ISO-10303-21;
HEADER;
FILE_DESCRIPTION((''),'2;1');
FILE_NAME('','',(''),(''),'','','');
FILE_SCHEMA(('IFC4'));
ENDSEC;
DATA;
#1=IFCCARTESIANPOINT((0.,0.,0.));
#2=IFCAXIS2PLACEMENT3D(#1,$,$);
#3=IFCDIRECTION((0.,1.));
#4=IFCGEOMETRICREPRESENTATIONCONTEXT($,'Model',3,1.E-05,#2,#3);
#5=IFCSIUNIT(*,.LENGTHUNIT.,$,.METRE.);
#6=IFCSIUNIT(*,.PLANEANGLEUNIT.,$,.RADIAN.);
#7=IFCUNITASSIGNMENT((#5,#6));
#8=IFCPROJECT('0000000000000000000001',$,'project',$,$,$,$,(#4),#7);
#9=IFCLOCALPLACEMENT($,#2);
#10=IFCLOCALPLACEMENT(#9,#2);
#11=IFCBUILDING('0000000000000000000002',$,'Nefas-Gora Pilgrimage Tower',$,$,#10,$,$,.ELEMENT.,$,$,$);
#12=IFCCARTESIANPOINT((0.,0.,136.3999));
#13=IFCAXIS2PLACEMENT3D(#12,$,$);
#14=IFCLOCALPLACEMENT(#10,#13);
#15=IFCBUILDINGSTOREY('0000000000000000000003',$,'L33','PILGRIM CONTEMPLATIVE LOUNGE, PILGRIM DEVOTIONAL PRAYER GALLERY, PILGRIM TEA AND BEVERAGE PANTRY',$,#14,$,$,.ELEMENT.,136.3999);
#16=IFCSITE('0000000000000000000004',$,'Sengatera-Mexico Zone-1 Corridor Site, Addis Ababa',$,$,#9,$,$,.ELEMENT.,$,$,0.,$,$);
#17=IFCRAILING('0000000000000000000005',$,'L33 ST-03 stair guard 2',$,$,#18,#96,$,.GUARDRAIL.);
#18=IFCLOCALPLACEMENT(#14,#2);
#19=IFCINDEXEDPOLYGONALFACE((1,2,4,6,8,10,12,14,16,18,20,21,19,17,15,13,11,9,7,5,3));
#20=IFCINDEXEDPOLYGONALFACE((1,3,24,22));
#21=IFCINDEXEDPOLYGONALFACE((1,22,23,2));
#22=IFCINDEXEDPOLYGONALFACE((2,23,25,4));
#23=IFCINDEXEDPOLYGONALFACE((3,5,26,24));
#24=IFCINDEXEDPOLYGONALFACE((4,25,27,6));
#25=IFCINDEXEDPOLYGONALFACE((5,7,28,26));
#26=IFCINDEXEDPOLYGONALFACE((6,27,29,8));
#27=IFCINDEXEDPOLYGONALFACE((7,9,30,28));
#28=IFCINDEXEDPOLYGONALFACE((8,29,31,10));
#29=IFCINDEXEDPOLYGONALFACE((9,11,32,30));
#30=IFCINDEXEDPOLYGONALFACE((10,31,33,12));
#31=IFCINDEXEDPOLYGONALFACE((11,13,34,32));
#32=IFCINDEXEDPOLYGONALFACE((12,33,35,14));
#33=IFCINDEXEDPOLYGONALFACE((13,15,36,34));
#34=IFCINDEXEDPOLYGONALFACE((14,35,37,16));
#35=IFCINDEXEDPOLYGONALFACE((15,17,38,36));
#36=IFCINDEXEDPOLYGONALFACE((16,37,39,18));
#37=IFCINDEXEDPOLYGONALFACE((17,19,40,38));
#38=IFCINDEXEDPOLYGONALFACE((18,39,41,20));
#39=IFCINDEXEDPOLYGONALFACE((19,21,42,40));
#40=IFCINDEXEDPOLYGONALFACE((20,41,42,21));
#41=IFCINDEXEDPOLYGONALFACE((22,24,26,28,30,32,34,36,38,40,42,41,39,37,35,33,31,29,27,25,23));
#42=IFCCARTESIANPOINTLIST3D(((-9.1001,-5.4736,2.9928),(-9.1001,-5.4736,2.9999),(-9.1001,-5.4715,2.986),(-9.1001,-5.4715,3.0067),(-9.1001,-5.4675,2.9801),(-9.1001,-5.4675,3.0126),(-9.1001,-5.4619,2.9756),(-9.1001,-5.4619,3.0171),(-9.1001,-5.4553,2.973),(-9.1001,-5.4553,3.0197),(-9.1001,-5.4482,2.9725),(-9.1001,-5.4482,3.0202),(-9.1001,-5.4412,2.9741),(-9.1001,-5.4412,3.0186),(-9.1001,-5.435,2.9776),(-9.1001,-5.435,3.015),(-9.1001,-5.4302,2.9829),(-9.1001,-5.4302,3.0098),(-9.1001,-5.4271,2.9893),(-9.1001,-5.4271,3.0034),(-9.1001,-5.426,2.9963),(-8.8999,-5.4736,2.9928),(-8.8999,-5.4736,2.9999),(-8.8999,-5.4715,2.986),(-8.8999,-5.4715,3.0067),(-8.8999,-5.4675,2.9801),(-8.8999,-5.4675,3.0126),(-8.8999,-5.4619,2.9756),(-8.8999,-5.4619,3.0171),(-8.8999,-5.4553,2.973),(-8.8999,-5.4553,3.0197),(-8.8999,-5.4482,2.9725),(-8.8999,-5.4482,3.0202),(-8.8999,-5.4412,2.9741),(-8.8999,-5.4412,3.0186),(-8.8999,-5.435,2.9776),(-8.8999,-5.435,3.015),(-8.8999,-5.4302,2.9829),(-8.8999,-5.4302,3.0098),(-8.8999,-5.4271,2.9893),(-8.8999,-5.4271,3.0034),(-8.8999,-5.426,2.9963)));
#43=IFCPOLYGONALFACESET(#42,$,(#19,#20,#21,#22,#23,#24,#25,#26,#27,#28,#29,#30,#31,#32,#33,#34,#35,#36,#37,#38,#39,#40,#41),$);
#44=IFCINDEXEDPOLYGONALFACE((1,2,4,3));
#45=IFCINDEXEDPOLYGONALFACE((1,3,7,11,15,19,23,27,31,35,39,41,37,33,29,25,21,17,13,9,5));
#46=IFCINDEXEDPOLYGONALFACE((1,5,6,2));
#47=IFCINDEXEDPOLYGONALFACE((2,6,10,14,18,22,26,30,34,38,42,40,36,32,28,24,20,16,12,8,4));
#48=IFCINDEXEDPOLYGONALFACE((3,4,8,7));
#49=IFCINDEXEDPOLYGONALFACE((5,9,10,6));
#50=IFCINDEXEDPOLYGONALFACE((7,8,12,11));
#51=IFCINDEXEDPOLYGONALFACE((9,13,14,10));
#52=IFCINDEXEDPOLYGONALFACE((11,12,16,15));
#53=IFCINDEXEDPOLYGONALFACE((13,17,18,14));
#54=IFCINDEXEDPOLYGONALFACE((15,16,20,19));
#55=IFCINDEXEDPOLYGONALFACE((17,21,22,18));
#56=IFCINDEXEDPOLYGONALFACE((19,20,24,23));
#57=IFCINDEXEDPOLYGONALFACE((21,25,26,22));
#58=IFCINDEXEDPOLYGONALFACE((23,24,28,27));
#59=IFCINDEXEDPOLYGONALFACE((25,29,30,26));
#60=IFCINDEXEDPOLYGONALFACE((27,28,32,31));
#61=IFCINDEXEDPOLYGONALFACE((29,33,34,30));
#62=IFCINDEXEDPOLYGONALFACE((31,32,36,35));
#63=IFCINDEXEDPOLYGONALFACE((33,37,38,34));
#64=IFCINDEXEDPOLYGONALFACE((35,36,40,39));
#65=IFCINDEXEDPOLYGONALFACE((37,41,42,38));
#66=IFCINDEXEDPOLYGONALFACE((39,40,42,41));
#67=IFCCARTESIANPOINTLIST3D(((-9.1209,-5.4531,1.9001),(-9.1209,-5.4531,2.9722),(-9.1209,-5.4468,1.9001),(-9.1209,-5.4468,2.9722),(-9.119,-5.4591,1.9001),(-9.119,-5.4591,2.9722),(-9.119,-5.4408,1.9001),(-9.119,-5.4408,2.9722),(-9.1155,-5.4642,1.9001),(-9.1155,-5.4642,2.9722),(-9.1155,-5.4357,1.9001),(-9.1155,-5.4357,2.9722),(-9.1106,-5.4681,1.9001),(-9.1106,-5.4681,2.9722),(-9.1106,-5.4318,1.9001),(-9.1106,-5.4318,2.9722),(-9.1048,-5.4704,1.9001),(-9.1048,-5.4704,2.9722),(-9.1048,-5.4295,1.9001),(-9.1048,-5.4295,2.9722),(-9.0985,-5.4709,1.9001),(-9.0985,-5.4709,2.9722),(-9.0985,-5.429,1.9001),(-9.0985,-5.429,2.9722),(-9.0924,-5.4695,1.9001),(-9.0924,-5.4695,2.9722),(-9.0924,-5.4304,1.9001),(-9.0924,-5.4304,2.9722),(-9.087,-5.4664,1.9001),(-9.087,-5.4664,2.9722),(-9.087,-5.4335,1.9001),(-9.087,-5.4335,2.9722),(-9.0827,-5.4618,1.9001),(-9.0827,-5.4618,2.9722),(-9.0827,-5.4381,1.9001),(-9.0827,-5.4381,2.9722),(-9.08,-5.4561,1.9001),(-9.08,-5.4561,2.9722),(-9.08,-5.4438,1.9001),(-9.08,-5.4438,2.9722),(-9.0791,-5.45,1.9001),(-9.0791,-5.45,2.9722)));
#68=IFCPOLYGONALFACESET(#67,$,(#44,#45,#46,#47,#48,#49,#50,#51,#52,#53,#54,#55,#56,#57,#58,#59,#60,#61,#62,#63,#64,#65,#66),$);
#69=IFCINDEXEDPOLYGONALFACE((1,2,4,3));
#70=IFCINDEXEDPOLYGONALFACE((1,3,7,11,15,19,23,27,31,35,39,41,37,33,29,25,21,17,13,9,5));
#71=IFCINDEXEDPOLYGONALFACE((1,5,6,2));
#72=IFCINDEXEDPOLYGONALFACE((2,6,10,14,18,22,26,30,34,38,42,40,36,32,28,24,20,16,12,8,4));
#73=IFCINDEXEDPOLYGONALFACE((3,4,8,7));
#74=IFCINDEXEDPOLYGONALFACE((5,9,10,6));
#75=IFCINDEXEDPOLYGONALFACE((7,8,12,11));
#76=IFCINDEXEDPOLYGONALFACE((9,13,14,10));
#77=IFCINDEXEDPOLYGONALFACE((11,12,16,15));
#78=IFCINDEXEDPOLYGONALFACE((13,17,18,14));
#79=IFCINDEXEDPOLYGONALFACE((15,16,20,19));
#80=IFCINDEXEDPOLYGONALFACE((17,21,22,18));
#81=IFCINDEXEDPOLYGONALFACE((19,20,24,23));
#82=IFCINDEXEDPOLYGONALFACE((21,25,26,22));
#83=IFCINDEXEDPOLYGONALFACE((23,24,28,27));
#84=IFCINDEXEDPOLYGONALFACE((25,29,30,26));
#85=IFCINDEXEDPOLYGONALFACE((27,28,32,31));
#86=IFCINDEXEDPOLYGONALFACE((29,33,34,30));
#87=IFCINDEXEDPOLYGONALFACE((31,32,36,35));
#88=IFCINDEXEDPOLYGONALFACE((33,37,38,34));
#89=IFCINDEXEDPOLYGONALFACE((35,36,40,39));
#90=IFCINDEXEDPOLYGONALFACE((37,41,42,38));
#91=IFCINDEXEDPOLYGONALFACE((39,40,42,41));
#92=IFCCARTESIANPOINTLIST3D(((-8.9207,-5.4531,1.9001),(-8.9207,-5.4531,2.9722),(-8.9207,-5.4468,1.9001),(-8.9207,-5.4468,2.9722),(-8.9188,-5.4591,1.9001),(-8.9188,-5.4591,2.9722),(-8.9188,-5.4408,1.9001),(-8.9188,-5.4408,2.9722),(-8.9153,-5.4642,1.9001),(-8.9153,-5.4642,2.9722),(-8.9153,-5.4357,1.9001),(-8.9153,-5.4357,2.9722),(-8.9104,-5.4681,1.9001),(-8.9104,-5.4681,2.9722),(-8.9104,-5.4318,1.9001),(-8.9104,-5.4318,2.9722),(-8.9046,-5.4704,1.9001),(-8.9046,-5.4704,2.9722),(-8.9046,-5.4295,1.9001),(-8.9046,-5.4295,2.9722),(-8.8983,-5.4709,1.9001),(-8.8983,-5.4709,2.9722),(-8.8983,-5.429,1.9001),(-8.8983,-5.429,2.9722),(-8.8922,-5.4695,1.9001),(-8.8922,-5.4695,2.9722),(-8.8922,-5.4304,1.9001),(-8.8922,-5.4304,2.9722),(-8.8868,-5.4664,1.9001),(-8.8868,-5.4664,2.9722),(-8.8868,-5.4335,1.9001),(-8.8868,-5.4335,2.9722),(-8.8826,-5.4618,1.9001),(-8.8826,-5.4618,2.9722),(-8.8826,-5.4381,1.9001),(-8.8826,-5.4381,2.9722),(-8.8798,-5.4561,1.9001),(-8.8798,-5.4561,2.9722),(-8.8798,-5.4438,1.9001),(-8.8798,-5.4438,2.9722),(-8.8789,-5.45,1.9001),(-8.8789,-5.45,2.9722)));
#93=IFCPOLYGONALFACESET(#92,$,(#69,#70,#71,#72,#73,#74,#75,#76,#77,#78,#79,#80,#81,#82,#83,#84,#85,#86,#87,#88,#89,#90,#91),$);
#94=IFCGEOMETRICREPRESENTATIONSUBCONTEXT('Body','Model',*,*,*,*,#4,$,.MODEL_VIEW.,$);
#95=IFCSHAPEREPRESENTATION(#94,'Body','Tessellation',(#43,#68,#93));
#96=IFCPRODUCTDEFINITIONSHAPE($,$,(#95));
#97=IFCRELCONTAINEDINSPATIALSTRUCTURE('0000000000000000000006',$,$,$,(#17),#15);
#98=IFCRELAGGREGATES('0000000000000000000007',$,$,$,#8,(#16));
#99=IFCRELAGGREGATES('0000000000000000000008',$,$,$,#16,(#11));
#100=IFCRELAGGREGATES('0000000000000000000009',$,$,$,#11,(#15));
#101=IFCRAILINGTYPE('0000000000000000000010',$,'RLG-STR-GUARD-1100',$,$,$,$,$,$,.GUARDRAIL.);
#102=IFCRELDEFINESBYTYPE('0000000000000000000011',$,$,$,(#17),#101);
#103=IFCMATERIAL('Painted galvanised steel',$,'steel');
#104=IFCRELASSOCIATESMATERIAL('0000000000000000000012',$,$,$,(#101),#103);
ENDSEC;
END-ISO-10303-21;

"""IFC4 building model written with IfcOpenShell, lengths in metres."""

from ifc_helpers import new_model, si_unit, direction, frame, origin, origin_2d, place, context, subcontext, project, spatial, circle, extrude, material, type_object, element, save


model = new_model("IFC4")

# Units and contexts
model_context = context("Model", 3, precision=1e-05, world=origin(), true_north=direction((0.0, 1.0)))
body_context = subcontext(model_context, "Body", "Model", "MODEL_VIEW")
ifc_project = project(units=[si_unit("LENGTHUNIT", "METRE"), si_unit("PLANEANGLEUNIT", "RADIAN")], contexts=[model_context])

# Site, building, storey
site_placement = place(None, origin())
site = spatial("IfcSite", under=ifc_project, at=site_placement, Name="Sengatera-Mexico Zone-1 Corridor Site, Addis Ababa", CompositionType="ELEMENT", RefElevation=0.0)
building_placement = place(site_placement, origin())
building = spatial("IfcBuilding", under=site, at=building_placement, Name="Nefas-Gora Pilgrimage Tower", CompositionType="ELEMENT")
storey_placement = place(building_placement, frame((0.0, 0.0, 136.3999)))
storey = spatial("IfcBuildingStorey", under=building, at=storey_placement, Name="L33", Description="PILGRIM CONTEMPLATIVE LOUNGE, PILGRIM DEVOTIONAL PRAYER GALLERY, PILGRIM TEA AND BEVERAGE PANTRY", CompositionType="ELEMENT", Elevation=136.3999)

# Railing
ifc_material_1 = material(Name="Painted galvanised steel", Category="steel")
railing_type_1 = type_object("IfcRailingType", Name="RLG-STR-GUARD-1100", PredefinedType="GUARDRAIL", material=ifc_material_1)
railing_1_placement = place(storey_placement, frame((-9.1001, -5.45, 1.9001)))
element("IfcRailing", 1, at=railing_1_placement, inside=storey, type_object=railing_type_1, Name="L33 ST-03 stair guard 2", PredefinedType="GUARDRAIL", context=body_context, shape_type="SweptSolid", body=[
    extrude(circle(Radius=0.0239, at=origin_2d()), frame((0.0, 0.0, 1.0962), z_axis=(1.0, 0.0, 0.0), x_axis=(0.0, 1.0, 0.0)), (0.0, 0.0, 1.0), 0.2002),
    extrude(circle(Radius=0.021, at=origin_2d()), origin(), (0.0, 0.0, 1.0), 1.072),
    extrude(circle(Radius=0.021, at=origin_2d()), frame((0.2002, 0.0, 0.0)), (0.0, 0.0, 1.0), 1.072),
])

save(model, "model.ifc")
